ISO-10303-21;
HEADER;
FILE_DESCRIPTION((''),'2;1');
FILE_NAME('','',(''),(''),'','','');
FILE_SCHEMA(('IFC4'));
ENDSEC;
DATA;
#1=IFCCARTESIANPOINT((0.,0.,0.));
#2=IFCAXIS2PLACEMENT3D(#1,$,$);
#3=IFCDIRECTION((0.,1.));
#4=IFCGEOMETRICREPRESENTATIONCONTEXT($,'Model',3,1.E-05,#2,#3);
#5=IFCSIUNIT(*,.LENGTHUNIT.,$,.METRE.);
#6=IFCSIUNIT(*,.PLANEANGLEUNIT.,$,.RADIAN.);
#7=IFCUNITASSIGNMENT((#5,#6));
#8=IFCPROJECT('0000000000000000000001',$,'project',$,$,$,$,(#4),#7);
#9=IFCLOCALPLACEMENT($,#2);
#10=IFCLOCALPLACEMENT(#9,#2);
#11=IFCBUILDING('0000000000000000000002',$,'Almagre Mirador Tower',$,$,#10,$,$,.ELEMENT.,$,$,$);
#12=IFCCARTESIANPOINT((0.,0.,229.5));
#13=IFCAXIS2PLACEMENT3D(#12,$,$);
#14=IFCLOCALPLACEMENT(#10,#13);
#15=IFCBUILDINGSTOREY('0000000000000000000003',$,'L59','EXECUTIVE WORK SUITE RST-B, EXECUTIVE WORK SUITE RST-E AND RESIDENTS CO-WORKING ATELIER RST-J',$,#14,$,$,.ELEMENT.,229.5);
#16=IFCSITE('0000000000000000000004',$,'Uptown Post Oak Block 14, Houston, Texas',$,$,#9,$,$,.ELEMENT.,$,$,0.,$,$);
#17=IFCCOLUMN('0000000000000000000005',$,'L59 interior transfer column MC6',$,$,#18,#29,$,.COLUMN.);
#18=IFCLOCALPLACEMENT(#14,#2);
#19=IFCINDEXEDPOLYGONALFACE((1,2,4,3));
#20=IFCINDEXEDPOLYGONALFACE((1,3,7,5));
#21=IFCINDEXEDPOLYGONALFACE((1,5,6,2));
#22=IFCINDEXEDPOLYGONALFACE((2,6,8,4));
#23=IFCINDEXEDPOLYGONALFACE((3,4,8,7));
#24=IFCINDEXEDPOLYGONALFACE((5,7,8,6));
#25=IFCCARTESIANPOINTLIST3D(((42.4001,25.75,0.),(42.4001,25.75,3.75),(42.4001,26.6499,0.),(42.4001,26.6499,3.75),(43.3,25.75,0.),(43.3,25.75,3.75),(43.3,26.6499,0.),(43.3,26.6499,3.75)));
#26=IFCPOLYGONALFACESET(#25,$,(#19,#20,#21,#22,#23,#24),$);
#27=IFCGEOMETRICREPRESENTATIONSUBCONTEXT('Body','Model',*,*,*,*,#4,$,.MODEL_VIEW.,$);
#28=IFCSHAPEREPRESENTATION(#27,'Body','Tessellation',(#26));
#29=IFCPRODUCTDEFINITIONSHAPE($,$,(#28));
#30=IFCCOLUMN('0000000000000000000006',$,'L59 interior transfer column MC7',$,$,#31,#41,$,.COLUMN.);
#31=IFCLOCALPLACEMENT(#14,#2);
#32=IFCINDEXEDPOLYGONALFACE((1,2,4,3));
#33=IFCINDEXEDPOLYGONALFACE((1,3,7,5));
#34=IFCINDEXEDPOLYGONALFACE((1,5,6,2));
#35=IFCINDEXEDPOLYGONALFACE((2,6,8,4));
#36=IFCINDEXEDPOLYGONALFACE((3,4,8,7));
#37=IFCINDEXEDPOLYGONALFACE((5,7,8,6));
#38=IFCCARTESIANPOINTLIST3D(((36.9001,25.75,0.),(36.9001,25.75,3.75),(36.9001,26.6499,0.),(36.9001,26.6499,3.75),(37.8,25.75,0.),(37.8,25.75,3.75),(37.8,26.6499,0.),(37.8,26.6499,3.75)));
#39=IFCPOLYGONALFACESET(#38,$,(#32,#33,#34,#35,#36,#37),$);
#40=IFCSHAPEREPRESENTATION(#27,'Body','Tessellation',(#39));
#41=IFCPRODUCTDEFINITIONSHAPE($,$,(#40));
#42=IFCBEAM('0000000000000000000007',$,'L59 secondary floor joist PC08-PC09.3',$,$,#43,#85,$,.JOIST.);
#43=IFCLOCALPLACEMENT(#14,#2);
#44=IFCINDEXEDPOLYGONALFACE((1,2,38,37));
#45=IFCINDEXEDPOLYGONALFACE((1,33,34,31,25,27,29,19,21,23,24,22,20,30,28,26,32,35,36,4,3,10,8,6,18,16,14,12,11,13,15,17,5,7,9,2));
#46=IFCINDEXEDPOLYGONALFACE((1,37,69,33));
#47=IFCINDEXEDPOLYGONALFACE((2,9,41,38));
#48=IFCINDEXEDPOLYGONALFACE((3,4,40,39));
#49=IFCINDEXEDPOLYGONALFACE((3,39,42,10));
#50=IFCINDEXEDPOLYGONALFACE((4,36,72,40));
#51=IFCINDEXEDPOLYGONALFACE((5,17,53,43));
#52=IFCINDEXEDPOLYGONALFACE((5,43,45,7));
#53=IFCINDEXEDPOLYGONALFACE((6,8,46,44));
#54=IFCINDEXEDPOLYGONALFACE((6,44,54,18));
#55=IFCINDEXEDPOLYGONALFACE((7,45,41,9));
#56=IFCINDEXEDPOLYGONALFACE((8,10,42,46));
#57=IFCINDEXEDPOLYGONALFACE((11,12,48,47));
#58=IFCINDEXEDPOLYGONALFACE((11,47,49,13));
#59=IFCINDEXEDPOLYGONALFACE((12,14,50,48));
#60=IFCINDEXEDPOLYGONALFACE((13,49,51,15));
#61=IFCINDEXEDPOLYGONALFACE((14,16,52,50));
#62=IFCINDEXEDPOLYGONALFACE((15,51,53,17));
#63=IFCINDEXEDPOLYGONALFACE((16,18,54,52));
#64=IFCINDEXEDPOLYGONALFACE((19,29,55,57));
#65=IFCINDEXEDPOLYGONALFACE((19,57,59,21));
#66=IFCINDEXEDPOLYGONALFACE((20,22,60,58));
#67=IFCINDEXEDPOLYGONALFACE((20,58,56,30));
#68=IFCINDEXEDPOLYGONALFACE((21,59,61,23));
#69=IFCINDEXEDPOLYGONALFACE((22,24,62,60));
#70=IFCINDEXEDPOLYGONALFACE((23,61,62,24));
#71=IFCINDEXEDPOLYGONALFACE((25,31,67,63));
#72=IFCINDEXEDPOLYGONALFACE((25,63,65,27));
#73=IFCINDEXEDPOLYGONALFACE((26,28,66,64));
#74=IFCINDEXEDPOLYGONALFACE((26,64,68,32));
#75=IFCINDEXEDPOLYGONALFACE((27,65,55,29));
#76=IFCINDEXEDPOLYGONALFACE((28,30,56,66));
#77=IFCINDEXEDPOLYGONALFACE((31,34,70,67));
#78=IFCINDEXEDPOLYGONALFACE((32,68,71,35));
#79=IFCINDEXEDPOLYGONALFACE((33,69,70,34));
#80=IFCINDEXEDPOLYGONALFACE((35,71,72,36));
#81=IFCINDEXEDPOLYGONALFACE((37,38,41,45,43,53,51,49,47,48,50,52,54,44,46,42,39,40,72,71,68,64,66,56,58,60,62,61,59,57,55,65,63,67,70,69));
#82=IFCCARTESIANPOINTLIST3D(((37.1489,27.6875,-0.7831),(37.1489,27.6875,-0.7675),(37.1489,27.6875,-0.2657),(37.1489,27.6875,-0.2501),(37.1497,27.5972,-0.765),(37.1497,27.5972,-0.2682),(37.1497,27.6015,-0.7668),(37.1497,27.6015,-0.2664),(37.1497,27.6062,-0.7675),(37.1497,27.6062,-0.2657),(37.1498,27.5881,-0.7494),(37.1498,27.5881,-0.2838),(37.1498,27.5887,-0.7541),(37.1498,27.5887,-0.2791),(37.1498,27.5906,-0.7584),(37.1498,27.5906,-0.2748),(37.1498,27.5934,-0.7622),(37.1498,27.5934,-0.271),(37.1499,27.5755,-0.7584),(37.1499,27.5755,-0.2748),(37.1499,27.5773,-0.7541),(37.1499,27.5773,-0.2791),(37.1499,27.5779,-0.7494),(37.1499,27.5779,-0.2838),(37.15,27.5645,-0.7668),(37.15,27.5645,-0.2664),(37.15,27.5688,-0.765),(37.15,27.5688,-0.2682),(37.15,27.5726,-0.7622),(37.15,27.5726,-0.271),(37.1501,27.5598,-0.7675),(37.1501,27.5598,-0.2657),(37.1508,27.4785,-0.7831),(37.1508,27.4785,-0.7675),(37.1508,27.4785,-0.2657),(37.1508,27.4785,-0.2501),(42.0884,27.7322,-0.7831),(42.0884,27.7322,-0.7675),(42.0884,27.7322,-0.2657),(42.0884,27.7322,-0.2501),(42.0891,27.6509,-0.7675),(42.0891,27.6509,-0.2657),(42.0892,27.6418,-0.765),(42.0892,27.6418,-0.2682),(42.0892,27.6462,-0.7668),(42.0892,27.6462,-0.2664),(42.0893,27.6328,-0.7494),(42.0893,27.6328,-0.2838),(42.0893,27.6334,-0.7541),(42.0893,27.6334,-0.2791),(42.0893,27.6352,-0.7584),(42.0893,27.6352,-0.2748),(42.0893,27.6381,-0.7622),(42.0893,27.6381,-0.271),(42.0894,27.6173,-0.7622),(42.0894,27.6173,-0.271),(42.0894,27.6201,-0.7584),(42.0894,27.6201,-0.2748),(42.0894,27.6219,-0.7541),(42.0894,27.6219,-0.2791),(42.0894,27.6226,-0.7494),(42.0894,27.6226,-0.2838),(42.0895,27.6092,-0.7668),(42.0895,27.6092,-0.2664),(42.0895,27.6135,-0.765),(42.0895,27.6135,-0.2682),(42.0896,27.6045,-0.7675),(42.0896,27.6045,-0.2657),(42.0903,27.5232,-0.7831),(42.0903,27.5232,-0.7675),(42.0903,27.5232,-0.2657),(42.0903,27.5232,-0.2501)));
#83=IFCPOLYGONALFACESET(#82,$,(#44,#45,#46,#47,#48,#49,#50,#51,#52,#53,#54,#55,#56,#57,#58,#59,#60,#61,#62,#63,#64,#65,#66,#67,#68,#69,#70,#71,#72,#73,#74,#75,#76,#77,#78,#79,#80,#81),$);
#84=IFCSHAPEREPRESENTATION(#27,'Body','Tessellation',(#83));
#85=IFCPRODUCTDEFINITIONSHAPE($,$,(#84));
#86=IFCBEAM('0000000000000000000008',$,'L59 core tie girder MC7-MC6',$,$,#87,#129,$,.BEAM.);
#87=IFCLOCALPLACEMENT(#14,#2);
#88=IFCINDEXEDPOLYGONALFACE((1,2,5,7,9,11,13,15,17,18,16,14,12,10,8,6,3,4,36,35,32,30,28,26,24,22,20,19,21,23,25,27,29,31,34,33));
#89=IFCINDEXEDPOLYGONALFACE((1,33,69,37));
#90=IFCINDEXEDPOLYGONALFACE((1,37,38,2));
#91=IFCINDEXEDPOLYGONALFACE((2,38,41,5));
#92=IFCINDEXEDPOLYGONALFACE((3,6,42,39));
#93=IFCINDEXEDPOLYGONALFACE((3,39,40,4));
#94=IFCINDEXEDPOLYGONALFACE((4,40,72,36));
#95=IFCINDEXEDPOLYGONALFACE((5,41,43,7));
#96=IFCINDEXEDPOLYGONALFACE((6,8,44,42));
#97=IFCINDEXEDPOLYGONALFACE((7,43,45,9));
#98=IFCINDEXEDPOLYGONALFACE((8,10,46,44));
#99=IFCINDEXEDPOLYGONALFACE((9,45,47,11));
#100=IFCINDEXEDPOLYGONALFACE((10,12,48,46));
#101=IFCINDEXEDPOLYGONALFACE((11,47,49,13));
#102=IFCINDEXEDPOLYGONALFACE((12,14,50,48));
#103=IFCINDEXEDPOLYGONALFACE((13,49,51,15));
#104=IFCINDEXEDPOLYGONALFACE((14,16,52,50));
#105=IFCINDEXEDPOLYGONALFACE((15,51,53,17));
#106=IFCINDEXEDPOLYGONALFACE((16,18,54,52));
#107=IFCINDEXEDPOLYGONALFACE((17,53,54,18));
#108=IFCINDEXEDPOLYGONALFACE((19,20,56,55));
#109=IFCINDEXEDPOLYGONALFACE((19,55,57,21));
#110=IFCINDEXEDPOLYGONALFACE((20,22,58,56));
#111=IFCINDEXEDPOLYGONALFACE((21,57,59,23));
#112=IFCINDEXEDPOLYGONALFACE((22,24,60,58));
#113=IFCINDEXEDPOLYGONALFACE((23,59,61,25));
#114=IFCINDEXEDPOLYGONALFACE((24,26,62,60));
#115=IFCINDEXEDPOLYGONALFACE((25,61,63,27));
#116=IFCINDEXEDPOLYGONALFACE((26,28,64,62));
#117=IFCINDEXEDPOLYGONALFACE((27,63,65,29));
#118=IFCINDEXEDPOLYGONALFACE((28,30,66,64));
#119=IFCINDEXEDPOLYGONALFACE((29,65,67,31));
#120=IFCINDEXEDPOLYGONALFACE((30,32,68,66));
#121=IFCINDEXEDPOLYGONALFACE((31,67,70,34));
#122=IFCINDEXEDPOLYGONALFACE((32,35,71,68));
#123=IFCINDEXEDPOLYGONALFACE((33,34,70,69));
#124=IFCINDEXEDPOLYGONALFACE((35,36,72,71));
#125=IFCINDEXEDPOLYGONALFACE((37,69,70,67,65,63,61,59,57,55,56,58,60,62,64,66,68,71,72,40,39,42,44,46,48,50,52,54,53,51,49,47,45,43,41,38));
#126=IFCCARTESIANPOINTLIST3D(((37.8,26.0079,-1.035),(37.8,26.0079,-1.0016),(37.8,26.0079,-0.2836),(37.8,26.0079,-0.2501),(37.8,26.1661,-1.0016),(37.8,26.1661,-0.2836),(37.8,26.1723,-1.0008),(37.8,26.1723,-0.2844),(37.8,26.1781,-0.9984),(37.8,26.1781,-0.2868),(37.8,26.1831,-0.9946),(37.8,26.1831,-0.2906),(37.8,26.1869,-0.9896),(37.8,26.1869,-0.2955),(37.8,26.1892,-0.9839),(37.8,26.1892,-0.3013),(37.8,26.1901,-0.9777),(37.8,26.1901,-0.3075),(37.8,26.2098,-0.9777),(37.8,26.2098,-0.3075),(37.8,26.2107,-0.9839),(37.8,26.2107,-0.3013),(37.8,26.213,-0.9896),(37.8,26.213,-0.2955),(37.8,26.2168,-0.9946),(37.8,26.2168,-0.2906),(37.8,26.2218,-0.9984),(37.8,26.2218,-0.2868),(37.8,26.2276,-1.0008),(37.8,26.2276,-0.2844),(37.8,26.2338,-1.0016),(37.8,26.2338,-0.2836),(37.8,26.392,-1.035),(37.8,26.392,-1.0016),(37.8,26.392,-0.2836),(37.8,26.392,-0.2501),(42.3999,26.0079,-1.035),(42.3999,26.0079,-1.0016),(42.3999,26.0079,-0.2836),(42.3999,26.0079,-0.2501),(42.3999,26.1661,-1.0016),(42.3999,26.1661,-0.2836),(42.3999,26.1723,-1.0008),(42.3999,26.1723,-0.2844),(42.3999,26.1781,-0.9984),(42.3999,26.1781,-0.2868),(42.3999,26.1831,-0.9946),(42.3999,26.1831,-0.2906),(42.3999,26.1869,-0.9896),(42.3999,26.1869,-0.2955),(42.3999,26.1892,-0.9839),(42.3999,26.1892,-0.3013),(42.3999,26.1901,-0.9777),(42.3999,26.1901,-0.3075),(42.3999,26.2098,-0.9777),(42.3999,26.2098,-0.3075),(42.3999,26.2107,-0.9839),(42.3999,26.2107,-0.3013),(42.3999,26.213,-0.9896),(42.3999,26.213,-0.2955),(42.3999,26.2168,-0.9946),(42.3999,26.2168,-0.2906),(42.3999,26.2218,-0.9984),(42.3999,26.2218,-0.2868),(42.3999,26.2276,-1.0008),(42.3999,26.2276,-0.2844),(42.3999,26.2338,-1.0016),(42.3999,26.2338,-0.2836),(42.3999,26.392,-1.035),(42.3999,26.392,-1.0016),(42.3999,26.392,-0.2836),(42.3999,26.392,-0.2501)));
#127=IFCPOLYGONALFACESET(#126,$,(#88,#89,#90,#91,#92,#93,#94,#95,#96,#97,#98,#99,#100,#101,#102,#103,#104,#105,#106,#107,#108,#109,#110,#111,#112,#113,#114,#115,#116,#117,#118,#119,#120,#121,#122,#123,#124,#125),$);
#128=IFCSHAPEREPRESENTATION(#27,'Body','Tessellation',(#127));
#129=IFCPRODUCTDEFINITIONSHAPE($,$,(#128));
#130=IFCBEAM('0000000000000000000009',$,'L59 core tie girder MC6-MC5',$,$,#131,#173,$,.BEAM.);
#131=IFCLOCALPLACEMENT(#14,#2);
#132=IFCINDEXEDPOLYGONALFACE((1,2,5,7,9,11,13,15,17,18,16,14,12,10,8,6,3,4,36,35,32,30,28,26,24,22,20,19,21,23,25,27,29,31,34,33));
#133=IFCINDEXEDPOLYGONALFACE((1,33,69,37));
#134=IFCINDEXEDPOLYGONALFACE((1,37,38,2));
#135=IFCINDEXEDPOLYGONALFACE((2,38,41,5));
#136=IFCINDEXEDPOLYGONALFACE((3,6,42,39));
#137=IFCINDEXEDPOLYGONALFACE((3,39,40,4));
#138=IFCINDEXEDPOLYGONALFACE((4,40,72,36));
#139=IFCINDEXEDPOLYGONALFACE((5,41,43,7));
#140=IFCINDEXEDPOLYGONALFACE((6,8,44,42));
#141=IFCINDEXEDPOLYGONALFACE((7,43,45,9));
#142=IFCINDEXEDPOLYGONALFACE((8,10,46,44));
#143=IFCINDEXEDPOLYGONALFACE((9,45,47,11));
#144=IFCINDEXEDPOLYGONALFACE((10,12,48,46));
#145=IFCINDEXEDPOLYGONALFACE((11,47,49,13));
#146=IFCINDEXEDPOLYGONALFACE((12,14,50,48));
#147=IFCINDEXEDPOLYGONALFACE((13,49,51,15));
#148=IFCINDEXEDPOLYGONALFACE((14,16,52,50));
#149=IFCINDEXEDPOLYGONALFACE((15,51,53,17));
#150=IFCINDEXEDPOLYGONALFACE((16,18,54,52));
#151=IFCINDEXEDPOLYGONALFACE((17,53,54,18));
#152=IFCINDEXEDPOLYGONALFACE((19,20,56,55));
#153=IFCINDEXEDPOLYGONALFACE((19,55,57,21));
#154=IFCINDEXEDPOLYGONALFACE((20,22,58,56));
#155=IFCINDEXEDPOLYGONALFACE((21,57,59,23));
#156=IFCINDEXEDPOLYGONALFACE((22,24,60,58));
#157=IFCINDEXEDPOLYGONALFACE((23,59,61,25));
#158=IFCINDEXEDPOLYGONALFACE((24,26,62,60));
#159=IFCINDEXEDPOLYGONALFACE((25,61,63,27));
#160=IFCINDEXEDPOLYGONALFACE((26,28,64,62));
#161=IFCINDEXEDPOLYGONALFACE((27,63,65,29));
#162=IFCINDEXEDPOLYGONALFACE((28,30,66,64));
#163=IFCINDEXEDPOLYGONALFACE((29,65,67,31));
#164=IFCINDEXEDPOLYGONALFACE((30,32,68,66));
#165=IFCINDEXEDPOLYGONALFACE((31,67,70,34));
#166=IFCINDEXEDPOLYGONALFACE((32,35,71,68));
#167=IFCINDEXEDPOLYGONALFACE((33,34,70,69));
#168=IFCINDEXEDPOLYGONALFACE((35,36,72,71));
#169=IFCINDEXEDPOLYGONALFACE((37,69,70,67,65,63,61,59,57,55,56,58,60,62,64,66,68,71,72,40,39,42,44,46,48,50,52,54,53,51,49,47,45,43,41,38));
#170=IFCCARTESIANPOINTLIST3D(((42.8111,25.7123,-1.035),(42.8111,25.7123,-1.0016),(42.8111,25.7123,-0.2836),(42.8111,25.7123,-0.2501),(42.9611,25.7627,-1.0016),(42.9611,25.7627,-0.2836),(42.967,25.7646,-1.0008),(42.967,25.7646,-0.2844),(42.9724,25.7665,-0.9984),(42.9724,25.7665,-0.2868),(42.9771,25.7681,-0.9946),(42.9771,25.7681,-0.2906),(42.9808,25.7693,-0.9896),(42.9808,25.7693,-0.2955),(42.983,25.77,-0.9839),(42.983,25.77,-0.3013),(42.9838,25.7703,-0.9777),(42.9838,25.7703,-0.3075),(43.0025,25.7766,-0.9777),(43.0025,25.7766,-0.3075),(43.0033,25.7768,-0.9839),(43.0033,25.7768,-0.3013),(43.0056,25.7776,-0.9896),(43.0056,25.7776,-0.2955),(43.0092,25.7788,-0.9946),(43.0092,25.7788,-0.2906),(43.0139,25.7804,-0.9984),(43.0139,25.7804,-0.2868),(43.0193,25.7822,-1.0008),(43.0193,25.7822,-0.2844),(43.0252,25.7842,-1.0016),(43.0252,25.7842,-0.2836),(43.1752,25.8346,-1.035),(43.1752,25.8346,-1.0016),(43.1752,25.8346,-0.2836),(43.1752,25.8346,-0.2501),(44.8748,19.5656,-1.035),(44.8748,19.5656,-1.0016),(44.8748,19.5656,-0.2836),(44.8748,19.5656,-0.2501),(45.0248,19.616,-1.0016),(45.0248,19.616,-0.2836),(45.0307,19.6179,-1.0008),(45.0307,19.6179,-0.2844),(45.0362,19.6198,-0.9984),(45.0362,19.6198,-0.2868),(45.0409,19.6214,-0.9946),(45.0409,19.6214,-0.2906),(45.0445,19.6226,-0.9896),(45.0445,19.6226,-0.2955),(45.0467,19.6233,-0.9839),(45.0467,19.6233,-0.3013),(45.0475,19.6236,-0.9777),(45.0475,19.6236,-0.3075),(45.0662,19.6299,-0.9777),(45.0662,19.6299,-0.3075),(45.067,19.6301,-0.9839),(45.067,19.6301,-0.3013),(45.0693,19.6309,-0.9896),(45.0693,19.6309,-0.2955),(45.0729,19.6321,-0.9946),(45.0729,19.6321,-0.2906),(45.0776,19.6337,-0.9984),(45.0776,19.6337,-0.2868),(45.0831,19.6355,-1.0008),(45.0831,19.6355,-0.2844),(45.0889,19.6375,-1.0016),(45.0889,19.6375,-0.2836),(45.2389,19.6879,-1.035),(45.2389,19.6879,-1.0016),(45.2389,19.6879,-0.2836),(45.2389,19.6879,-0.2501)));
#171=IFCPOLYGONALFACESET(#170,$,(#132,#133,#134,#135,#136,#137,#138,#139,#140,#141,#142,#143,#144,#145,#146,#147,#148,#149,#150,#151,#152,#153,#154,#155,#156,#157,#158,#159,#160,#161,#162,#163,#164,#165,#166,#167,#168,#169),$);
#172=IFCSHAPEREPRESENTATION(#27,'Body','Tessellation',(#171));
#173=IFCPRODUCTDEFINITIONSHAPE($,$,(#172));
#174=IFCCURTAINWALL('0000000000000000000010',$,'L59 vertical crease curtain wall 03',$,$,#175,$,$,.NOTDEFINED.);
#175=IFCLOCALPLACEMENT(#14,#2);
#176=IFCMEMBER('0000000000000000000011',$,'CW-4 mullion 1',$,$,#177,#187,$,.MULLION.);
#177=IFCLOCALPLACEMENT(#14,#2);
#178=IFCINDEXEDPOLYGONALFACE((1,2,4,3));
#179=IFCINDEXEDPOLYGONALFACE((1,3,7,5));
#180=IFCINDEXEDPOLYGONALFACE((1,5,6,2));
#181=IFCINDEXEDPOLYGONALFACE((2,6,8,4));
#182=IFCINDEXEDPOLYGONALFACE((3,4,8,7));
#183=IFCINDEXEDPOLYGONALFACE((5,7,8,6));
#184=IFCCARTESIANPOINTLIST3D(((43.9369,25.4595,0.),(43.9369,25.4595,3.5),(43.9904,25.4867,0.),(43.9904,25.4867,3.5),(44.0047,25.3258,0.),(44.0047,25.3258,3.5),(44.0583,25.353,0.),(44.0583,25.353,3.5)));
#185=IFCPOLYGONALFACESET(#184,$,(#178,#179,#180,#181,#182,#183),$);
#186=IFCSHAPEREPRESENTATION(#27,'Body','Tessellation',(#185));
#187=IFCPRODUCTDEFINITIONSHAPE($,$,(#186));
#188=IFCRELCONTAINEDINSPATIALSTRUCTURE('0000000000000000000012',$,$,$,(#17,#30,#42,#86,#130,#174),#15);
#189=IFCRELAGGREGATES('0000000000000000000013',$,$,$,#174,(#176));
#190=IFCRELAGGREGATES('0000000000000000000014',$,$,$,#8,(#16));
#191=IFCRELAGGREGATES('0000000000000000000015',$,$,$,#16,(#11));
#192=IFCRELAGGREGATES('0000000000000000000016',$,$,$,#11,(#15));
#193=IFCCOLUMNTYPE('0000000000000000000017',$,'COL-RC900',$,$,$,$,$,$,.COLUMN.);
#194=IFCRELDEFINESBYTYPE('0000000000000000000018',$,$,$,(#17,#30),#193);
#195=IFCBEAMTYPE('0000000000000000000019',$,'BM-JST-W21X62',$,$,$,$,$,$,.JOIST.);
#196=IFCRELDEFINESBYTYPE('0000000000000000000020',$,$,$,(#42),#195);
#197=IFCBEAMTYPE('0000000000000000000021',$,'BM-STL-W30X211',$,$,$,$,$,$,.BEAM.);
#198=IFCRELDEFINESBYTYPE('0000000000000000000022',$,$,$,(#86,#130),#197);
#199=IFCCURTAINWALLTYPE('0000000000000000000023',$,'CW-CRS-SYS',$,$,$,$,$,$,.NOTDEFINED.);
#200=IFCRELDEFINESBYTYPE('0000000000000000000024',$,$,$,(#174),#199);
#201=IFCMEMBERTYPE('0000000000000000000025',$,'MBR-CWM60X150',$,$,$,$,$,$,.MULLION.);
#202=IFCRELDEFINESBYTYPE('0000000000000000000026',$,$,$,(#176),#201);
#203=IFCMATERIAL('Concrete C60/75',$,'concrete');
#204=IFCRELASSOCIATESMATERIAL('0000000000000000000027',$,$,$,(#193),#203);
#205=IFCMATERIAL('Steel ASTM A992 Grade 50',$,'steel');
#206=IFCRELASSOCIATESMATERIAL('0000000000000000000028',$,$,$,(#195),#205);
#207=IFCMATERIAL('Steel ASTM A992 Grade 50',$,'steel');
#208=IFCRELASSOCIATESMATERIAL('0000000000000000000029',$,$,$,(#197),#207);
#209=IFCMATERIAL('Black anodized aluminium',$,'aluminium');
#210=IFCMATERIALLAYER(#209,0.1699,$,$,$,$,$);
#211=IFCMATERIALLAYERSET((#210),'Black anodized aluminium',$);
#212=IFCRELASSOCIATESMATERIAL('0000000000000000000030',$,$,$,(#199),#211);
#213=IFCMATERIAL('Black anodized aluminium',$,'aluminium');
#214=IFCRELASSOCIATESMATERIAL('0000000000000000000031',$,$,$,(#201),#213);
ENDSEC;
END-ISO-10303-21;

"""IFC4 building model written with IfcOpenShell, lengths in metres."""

from ifc_helpers import new_model, si_unit, direction, frame, origin, origin_2d, place, context, subcontext, project, spatial, rectangle, i_section, extrude, material, layer, layer_set, material_profile, profile_set, type_object, element, aggregate, save


model = new_model("IFC4")

# Units and contexts
model_context = context("Model", 3, precision=1e-05, world=origin(), true_north=direction((0.0, 1.0)))
body_context = subcontext(model_context, "Body", "Model", "MODEL_VIEW")
ifc_project = project(units=[si_unit("LENGTHUNIT", "METRE"), si_unit("PLANEANGLEUNIT", "RADIAN")], contexts=[model_context])

# Site, building, storey
site_placement = place(None, origin())
site = spatial("IfcSite", under=ifc_project, at=site_placement, Name="Uptown Post Oak Block 14, Houston, Texas", CompositionType="ELEMENT", RefElevation=0.0)
building_placement = place(site_placement, origin())
building = spatial("IfcBuilding", under=site, at=building_placement, Name="Almagre Mirador Tower", CompositionType="ELEMENT")
storey_placement = place(building_placement, frame((0.0, 0.0, 229.5)))
storey = spatial("IfcBuildingStorey", under=building, at=storey_placement, Name="L59", Description="EXECUTIVE WORK SUITE RST-B, EXECUTIVE WORK SUITE RST-E AND RESIDENTS CO-WORKING ATELIER RST-J", CompositionType="ELEMENT", Elevation=229.5)

# Columns
ifc_material_1 = material(Name="Concrete C60/75", Category="concrete")
ifc_material_profile_1 = material_profile(ifc_material_1, rectangle(XDim=0.8999, YDim=0.8999, at=origin_2d()), Name="RC900X900")
ifc_profile_set_1 = profile_set([ifc_material_profile_1], Name="Concrete C60/75")
column_type = type_object("IfcColumnType", Name="COL-RC900", PredefinedType="COLUMN", material=ifc_profile_set_1)
for number, where, z_axis, x_axis, name in (
    (1, (42.8501, 26.2, 0.0), (0.0, 0.0, 1.0), (1.0, 0.0, 0.0), "L59 interior transfer column MC6"),
    (2, (37.3501, 26.2, 0.0), (0.0, 0.0, 1.0), (1.0, 0.0, 0.0), "L59 interior transfer column MC7"),
):
    element("IfcColumn", number, at=place(storey_placement, frame(where, z_axis=z_axis, x_axis=x_axis)), inside=storey, type_object=column_type, Name=name, PredefinedType="COLUMN", context=body_context, shape_type="SweptSolid", body=[
        extrude(rectangle(XDim=0.8999, YDim=0.8999, at=origin_2d()), origin(), (0.0, 0.0, 1.0), 3.75),
    ])

# Beams
ifc_material_2 = material(Name="Steel ASTM A992 Grade 50", Category="steel")
ifc_material_profile_2 = material_profile(ifc_material_2, i_section(OverallWidth=0.209, OverallDepth=0.533, WebThickness=0.0103, FlangeThickness=0.0156, FilletRadius=0.0181, at=origin_2d()), Name="W21X62")
ifc_profile_set_2 = profile_set([ifc_material_profile_2], Name="Steel ASTM A992 Grade 50")
beam_type_1 = type_object("IfcBeamType", Name="BM-JST-W21X62", PredefinedType="JOIST", material=ifc_profile_set_2)
beam_1_placement = place(storey_placement, frame((42.0894, 27.6277, -0.5166), z_axis=(-0.999959, -0.009045, 0.0), x_axis=(0.009045, -0.999959, 0.0)))
element("IfcBeam", 3, at=beam_1_placement, inside=storey, type_object=beam_type_1, Name="L59 secondary floor joist PC08-PC09.3", PredefinedType="JOIST", context=body_context, shape_type="SweptSolid", body=[
    extrude(i_section(OverallWidth=0.209, OverallDepth=0.533, WebThickness=0.0103, FlangeThickness=0.0156, FilletRadius=0.0181, at=origin_2d()), origin(), (0.0, 0.0, 1.0), 4.9397),
])
ifc_material_3 = material(Name="Steel ASTM A992 Grade 50", Category="steel")
ifc_material_profile_3 = material_profile(ifc_material_3, i_section(OverallWidth=0.384, OverallDepth=0.7849, WebThickness=0.0198, FlangeThickness=0.0334, FilletRadius=0.0239, at=origin_2d()), Name="W30X211")
ifc_profile_set_3 = profile_set([ifc_material_profile_3], Name="Steel ASTM A992 Grade 50")
beam_type_2 = type_object("IfcBeamType", Name="BM-STL-W30X211", PredefinedType="BEAM", material=ifc_profile_set_3)
beam_2_placement = place(storey_placement, frame((37.8, 26.2, -0.6426), z_axis=(1.0, 0.0, 0.0), x_axis=(0.0, 1.0, 0.0)))
element("IfcBeam", 4, at=beam_2_placement, inside=storey, type_object=beam_type_2, Name="L59 core tie girder MC7-MC6", PredefinedType="BEAM", context=body_context, shape_type="SweptSolid", body=[
    extrude(i_section(OverallWidth=0.384, OverallDepth=0.7849, WebThickness=0.0198, FlangeThickness=0.0334, FilletRadius=0.0239, at=origin_2d()), origin(), (0.0, 0.0, 1.0), 4.5999),
])
beam_3_placement = place(storey_placement, frame((42.9932, 25.7734, -0.6426), z_axis=(0.318283, -0.947996, 0.0), x_axis=(0.947996, 0.318283, 0.0)))
element("IfcBeam", 5, at=beam_3_placement, inside=storey, type_object=beam_type_2, Name="L59 core tie girder MC6-MC5", PredefinedType="BEAM", context=body_context, shape_type="SweptSolid", body=[
    extrude(i_section(OverallWidth=0.384, OverallDepth=0.7849, WebThickness=0.0198, FlangeThickness=0.0334, FilletRadius=0.0239, at=origin_2d()), origin(), (0.0, 0.0, 1.0), 6.4839),
])

# Curtain wall, member
ifc_material_4 = material(Name="Black anodized aluminium", Category="aluminium")
ifc_layer_1 = layer(ifc_material_4, 0.1699)
ifc_layer_set_1 = layer_set([ifc_layer_1], Name="Black anodized aluminium")
curtain_wall_type = type_object("IfcCurtainWallType", Name="CW-CRS-SYS", PredefinedType="NOTDEFINED", material=ifc_layer_set_1)
curtain_wall_placement = place(storey_placement, origin())
curtain_wall = element("IfcCurtainWall", 6, at=curtain_wall_placement, inside=storey, type_object=curtain_wall_type, Name="L59 vertical crease curtain wall 03", PredefinedType="NOTDEFINED")
ifc_material_5 = material(Name="Black anodized aluminium", Category="aluminium")
ifc_material_profile_4 = material_profile(ifc_material_5, rectangle(XDim=0.0601, YDim=0.1499, at=origin_2d()), Name="CWM60X150")
ifc_profile_set_4 = profile_set([ifc_material_profile_4], Name="Black anodized aluminium")
member_type_1 = type_object("IfcMemberType", Name="MBR-CWM60X150", PredefinedType="MULLION", material=ifc_profile_set_4)
member_1_placement = place(storey_placement, frame((43.9976, 25.4062, 0.0), z_axis=(0.0, 0.0, 1.0), x_axis=(0.891732, 0.452564, 0.0)))
member_1 = element("IfcMember", 7, at=member_1_placement, type_object=member_type_1, Name="CW-4 mullion 1", PredefinedType="MULLION", context=body_context, shape_type="SweptSolid", body=[
    extrude(rectangle(XDim=0.0601, YDim=0.1499, at=origin_2d()), origin(), (0.0, 0.0, 1.0), 3.5),
])
aggregate(curtain_wall, [member_1])

save(model, "model.ifc")
